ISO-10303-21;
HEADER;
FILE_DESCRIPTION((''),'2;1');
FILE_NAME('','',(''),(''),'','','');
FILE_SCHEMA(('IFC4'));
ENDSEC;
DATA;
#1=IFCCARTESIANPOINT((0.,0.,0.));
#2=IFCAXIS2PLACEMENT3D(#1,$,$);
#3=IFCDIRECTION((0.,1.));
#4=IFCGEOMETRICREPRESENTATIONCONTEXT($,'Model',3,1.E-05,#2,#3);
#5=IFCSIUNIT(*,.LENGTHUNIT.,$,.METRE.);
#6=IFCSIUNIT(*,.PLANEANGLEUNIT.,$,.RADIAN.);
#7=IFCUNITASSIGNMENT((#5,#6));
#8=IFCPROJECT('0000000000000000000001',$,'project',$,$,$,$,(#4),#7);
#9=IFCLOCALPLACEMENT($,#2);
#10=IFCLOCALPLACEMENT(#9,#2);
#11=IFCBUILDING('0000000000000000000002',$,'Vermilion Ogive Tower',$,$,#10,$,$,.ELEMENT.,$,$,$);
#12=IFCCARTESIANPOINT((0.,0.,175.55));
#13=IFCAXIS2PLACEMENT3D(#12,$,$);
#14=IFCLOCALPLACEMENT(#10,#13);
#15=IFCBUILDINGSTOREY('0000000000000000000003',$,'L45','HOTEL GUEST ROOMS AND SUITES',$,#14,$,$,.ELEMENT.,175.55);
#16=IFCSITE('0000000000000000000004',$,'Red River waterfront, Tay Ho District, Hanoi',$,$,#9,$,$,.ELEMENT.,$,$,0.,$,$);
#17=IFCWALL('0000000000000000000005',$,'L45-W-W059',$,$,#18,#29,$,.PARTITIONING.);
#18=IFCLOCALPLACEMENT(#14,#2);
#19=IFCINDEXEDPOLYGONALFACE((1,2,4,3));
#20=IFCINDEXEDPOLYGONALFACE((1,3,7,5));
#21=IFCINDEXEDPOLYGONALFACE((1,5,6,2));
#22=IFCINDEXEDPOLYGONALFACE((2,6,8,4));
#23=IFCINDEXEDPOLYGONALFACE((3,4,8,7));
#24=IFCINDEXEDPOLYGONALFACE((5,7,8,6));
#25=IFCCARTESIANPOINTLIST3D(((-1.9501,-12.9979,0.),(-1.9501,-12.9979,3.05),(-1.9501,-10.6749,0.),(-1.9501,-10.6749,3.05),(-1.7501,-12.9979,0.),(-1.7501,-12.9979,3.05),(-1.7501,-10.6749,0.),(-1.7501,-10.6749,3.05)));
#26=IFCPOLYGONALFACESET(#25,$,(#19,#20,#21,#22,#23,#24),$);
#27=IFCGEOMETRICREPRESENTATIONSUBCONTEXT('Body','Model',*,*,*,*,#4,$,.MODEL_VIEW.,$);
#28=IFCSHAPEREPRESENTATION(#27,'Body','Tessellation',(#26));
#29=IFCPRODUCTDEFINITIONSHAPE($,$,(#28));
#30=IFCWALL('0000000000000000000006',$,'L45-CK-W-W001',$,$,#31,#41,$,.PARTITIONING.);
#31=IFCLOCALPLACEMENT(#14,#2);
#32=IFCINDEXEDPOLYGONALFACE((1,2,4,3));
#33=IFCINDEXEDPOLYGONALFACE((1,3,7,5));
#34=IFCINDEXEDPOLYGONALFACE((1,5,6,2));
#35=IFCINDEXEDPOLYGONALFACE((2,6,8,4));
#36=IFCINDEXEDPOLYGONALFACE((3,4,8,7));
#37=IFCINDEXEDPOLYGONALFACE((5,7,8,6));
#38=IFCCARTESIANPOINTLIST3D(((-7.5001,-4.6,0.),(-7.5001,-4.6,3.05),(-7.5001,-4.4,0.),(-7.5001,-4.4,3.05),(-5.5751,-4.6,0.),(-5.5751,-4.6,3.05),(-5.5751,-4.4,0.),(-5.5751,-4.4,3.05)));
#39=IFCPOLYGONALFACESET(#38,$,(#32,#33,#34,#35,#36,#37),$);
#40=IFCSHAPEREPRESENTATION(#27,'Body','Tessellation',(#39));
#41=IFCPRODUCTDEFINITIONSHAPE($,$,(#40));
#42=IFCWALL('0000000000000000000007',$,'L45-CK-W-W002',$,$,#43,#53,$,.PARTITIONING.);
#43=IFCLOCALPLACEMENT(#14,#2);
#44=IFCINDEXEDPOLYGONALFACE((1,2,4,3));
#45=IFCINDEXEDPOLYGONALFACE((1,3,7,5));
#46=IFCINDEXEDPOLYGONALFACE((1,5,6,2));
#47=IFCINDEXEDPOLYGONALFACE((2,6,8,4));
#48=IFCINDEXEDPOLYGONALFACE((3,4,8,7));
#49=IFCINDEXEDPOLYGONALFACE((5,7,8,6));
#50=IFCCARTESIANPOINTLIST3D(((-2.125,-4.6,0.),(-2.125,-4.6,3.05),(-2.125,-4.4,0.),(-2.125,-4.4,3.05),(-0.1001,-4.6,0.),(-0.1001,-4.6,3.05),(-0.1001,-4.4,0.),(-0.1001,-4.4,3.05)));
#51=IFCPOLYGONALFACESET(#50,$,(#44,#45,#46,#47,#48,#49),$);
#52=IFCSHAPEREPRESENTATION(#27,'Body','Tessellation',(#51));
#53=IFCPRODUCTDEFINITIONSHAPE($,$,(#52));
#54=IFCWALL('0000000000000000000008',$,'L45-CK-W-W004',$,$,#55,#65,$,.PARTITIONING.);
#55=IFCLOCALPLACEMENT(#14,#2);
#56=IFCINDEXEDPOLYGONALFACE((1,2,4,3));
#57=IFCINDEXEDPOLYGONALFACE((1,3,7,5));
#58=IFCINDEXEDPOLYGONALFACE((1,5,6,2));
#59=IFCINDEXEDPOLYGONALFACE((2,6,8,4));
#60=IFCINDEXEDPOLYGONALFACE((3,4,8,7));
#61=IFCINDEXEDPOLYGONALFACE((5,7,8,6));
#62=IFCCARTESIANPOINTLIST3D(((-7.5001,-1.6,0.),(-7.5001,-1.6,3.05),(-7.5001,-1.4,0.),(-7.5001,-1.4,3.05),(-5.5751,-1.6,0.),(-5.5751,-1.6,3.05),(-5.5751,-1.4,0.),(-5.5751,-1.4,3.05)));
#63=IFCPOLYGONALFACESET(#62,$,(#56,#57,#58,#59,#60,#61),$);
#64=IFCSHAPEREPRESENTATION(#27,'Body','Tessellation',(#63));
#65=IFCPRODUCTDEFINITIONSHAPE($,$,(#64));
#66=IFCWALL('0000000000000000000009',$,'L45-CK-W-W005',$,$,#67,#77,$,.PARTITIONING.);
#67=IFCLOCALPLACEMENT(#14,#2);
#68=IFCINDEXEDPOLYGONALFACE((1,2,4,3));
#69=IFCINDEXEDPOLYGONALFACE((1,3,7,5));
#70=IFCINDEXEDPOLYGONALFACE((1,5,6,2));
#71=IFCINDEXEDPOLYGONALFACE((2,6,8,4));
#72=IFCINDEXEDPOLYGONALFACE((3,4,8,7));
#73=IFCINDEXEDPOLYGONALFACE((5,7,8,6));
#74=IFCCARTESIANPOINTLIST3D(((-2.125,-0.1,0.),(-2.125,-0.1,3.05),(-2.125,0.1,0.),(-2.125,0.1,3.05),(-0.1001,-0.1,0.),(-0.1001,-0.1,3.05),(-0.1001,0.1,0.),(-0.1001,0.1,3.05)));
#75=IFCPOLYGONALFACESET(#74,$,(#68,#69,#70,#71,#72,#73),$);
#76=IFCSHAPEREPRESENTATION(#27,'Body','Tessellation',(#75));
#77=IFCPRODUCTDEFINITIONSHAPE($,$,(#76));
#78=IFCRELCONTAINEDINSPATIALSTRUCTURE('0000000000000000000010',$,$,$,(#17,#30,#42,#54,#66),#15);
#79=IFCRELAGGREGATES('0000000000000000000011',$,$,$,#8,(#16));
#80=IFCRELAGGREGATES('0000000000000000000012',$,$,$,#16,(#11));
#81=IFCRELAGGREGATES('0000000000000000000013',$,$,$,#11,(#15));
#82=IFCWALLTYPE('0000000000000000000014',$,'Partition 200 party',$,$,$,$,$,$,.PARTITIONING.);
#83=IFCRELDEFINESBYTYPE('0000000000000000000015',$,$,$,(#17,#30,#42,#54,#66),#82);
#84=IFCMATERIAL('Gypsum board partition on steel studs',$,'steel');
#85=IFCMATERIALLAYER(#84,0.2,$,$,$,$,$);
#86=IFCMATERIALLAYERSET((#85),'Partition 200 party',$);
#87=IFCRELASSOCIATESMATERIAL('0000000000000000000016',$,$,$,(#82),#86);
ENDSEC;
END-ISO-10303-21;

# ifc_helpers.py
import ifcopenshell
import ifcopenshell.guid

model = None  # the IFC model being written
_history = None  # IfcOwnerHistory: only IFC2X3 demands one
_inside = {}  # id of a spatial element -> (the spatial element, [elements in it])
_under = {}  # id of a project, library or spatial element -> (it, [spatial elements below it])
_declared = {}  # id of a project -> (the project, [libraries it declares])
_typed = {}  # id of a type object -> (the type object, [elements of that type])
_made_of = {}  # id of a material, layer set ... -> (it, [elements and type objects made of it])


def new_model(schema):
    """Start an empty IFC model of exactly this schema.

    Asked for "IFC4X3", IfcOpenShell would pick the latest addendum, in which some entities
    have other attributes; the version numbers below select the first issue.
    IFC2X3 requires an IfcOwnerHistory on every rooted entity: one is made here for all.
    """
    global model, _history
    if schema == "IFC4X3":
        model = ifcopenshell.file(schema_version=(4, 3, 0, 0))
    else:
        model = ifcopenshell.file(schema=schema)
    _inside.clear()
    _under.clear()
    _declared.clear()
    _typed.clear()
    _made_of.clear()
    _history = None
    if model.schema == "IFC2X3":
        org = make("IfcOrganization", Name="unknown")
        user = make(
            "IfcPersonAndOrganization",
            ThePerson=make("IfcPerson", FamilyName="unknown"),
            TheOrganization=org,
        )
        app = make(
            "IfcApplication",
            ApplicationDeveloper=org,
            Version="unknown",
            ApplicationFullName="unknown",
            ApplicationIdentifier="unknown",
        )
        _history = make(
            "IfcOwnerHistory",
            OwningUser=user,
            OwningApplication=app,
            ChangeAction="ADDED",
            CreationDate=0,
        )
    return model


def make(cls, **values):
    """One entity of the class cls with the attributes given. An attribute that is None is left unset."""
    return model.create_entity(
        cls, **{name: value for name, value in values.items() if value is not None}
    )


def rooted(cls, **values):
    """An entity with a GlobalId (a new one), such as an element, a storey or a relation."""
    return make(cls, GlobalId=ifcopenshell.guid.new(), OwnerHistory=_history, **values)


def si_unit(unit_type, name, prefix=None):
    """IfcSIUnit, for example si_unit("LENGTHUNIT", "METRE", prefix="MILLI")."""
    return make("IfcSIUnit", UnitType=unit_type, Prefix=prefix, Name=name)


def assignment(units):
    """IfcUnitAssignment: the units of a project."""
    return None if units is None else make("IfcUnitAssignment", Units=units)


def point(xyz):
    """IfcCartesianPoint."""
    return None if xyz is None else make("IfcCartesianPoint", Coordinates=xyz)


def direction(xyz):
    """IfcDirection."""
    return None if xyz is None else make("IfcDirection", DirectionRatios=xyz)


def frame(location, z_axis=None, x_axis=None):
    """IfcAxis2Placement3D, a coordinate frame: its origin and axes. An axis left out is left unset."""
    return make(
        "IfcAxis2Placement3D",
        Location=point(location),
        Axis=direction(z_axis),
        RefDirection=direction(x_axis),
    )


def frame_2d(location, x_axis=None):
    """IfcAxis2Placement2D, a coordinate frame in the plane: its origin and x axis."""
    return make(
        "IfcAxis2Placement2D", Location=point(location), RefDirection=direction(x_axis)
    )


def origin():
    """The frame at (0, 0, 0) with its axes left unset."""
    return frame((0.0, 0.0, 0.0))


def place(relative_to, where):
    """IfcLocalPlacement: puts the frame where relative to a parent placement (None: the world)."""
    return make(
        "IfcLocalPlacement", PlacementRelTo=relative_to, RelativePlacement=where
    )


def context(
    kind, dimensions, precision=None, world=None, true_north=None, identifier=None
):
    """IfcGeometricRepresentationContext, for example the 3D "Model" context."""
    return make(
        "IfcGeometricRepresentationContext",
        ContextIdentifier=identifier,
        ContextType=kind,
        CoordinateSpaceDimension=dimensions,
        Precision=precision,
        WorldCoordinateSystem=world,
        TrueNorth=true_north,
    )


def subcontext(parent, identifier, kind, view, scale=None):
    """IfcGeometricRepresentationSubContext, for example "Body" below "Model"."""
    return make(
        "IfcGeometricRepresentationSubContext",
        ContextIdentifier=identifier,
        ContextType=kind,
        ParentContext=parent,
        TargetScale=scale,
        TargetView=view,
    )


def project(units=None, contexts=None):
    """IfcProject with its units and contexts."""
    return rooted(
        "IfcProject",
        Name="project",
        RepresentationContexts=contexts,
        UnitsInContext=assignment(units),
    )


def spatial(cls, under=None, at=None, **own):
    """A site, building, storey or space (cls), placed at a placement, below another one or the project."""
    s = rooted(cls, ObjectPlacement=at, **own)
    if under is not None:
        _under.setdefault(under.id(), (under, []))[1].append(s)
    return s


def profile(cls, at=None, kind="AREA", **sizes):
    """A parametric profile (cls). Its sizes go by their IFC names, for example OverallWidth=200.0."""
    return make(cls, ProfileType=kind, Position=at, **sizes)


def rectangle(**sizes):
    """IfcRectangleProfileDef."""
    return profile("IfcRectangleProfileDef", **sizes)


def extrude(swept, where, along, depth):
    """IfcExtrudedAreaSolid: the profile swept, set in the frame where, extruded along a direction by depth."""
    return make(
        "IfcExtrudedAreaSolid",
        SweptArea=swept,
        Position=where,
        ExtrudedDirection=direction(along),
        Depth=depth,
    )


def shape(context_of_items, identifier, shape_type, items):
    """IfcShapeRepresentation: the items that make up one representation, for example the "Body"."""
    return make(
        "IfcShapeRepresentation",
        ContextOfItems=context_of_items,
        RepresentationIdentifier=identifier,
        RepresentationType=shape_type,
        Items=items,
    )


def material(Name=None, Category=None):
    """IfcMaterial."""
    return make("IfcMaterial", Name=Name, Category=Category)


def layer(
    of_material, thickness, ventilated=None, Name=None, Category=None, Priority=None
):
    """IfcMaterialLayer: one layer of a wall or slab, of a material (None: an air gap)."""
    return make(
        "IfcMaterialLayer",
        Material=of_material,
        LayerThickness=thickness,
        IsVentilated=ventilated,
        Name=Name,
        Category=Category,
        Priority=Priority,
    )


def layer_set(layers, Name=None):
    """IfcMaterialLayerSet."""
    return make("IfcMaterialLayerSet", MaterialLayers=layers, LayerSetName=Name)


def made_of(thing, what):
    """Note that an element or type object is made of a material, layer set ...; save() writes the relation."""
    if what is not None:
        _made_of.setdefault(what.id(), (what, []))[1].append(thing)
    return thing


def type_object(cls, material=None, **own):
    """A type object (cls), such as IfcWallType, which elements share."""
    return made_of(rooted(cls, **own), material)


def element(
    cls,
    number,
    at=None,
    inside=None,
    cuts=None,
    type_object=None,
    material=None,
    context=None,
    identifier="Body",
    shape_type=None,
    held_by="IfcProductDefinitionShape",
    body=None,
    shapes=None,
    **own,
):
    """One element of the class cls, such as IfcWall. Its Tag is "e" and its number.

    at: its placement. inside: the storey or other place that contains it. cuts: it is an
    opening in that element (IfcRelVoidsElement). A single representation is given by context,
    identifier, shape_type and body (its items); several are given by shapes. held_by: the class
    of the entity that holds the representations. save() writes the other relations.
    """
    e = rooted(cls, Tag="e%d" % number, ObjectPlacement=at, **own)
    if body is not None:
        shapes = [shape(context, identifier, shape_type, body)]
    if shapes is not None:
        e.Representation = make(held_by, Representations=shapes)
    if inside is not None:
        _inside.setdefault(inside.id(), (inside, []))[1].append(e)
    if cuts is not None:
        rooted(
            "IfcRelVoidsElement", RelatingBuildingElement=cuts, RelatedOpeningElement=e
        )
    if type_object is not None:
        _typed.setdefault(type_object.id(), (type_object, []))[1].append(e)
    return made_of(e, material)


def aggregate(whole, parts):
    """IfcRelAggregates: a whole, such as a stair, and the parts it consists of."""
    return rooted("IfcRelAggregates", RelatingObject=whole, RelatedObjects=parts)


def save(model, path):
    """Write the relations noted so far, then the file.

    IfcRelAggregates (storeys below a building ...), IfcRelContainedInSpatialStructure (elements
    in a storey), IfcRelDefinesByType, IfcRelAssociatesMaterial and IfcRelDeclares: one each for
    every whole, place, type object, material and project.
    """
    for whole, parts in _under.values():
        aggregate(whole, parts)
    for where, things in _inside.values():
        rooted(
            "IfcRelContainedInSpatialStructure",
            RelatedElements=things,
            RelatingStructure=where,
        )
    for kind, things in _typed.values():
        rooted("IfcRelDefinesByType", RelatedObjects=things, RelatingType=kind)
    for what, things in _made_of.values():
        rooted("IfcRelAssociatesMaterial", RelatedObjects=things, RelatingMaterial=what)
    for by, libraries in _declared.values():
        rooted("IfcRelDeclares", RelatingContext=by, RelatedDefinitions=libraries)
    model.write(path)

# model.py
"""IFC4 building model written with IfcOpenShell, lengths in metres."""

from ifc_helpers import new_model, si_unit, direction, frame, frame_2d, origin, place, context, subcontext, project, spatial, rectangle, extrude, material, layer, layer_set, type_object, element, save


model = new_model("IFC4")

# Units and contexts
model_context = context("Model", 3, precision=1e-05, world=origin(), true_north=direction((0.0, 1.0)))
body_context = subcontext(model_context, "Body", "Model", "MODEL_VIEW")
ifc_project = project(units=[si_unit("LENGTHUNIT", "METRE"), si_unit("PLANEANGLEUNIT", "RADIAN")], contexts=[model_context])

# Site, building, storey
site_placement = place(None, origin())
site = spatial("IfcSite", under=ifc_project, at=site_placement, Name="Red River waterfront, Tay Ho District, Hanoi", CompositionType="ELEMENT", RefElevation=0.0)
building_placement = place(site_placement, origin())
building = spatial("IfcBuilding", under=site, at=building_placement, Name="Vermilion Ogive Tower", CompositionType="ELEMENT")
storey_placement = place(building_placement, frame((0.0, 0.0, 175.55)))
storey = spatial("IfcBuildingStorey", under=building, at=storey_placement, Name="L45", Description="HOTEL GUEST ROOMS AND SUITES", CompositionType="ELEMENT", Elevation=175.55)

# Walls
ifc_material_1 = material(Name="Gypsum board partition on steel studs", Category="steel")
ifc_layer_1 = layer(ifc_material_1, 0.2)
ifc_layer_set_1 = layer_set([ifc_layer_1], Name="Partition 200 party")
wall_type_1 = type_object("IfcWallType", Name="Partition 200 party", PredefinedType="PARTITIONING", material=ifc_layer_set_1)
wall_1_placement = place(storey_placement, frame((-1.8501, -12.998, 0.0), z_axis=(0.0, 0.0, 1.0), x_axis=(0.0, 1.0, 0.0)))
element("IfcWall", 1, at=wall_1_placement, inside=storey, type_object=wall_type_1, Name="L45-W-W059", PredefinedType="PARTITIONING", context=body_context, shape_type="SweptSolid", body=[
    extrude(rectangle(XDim=2.323, YDim=0.2, at=frame_2d((1.1616, 0.0))), origin(), (0.0, 0.0, 1.0), 3.05),
])
wall_2_placement = place(storey_placement, frame((-7.5, -4.5, 0.0), z_axis=(0.0, 0.0, 1.0), x_axis=(1.0, 0.0, 0.0)))
element("IfcWall", 2, at=wall_2_placement, inside=storey, type_object=wall_type_1, Name="L45-CK-W-W001", PredefinedType="PARTITIONING", context=body_context, shape_type="SweptSolid", body=[
    extrude(rectangle(XDim=1.925, YDim=0.2, at=frame_2d((0.9624, 0.0))), origin(), (0.0, 0.0, 1.0), 3.05),
])
wall_3_placement = place(storey_placement, frame((-2.125, -4.5, 0.0), z_axis=(0.0, 0.0, 1.0), x_axis=(1.0, 0.0, 0.0)))
element("IfcWall", 3, at=wall_3_placement, inside=storey, type_object=wall_type_1, Name="L45-CK-W-W002", PredefinedType="PARTITIONING", context=body_context, shape_type="SweptSolid", body=[
    extrude(rectangle(XDim=2.0249, YDim=0.2, at=frame_2d((1.0125, 0.0))), origin(), (0.0, 0.0, 1.0), 3.05),
])
wall_4_placement = place(storey_placement, frame((-7.5, -1.5, 0.0), z_axis=(0.0, 0.0, 1.0), x_axis=(1.0, 0.0, 0.0)))
element("IfcWall", 4, at=wall_4_placement, inside=storey, type_object=wall_type_1, Name="L45-CK-W-W004", PredefinedType="PARTITIONING", context=body_context, shape_type="SweptSolid", body=[
    extrude(rectangle(XDim=1.925, YDim=0.2, at=frame_2d((0.9624, 0.0))), origin(), (0.0, 0.0, 1.0), 3.05),
])
wall_5_placement = place(storey_placement, frame((-2.125, 0.0, 0.0), z_axis=(0.0, 0.0, 1.0), x_axis=(1.0, 0.0, 0.0)))
element("IfcWall", 5, at=wall_5_placement, inside=storey, type_object=wall_type_1, Name="L45-CK-W-W005", PredefinedType="PARTITIONING", context=body_context, shape_type="SweptSolid", body=[
    extrude(rectangle(XDim=2.0249, YDim=0.2, at=frame_2d((1.0125, 0.0))), origin(), (0.0, 0.0, 1.0), 3.05),
])

save(model, "model.ifc")
